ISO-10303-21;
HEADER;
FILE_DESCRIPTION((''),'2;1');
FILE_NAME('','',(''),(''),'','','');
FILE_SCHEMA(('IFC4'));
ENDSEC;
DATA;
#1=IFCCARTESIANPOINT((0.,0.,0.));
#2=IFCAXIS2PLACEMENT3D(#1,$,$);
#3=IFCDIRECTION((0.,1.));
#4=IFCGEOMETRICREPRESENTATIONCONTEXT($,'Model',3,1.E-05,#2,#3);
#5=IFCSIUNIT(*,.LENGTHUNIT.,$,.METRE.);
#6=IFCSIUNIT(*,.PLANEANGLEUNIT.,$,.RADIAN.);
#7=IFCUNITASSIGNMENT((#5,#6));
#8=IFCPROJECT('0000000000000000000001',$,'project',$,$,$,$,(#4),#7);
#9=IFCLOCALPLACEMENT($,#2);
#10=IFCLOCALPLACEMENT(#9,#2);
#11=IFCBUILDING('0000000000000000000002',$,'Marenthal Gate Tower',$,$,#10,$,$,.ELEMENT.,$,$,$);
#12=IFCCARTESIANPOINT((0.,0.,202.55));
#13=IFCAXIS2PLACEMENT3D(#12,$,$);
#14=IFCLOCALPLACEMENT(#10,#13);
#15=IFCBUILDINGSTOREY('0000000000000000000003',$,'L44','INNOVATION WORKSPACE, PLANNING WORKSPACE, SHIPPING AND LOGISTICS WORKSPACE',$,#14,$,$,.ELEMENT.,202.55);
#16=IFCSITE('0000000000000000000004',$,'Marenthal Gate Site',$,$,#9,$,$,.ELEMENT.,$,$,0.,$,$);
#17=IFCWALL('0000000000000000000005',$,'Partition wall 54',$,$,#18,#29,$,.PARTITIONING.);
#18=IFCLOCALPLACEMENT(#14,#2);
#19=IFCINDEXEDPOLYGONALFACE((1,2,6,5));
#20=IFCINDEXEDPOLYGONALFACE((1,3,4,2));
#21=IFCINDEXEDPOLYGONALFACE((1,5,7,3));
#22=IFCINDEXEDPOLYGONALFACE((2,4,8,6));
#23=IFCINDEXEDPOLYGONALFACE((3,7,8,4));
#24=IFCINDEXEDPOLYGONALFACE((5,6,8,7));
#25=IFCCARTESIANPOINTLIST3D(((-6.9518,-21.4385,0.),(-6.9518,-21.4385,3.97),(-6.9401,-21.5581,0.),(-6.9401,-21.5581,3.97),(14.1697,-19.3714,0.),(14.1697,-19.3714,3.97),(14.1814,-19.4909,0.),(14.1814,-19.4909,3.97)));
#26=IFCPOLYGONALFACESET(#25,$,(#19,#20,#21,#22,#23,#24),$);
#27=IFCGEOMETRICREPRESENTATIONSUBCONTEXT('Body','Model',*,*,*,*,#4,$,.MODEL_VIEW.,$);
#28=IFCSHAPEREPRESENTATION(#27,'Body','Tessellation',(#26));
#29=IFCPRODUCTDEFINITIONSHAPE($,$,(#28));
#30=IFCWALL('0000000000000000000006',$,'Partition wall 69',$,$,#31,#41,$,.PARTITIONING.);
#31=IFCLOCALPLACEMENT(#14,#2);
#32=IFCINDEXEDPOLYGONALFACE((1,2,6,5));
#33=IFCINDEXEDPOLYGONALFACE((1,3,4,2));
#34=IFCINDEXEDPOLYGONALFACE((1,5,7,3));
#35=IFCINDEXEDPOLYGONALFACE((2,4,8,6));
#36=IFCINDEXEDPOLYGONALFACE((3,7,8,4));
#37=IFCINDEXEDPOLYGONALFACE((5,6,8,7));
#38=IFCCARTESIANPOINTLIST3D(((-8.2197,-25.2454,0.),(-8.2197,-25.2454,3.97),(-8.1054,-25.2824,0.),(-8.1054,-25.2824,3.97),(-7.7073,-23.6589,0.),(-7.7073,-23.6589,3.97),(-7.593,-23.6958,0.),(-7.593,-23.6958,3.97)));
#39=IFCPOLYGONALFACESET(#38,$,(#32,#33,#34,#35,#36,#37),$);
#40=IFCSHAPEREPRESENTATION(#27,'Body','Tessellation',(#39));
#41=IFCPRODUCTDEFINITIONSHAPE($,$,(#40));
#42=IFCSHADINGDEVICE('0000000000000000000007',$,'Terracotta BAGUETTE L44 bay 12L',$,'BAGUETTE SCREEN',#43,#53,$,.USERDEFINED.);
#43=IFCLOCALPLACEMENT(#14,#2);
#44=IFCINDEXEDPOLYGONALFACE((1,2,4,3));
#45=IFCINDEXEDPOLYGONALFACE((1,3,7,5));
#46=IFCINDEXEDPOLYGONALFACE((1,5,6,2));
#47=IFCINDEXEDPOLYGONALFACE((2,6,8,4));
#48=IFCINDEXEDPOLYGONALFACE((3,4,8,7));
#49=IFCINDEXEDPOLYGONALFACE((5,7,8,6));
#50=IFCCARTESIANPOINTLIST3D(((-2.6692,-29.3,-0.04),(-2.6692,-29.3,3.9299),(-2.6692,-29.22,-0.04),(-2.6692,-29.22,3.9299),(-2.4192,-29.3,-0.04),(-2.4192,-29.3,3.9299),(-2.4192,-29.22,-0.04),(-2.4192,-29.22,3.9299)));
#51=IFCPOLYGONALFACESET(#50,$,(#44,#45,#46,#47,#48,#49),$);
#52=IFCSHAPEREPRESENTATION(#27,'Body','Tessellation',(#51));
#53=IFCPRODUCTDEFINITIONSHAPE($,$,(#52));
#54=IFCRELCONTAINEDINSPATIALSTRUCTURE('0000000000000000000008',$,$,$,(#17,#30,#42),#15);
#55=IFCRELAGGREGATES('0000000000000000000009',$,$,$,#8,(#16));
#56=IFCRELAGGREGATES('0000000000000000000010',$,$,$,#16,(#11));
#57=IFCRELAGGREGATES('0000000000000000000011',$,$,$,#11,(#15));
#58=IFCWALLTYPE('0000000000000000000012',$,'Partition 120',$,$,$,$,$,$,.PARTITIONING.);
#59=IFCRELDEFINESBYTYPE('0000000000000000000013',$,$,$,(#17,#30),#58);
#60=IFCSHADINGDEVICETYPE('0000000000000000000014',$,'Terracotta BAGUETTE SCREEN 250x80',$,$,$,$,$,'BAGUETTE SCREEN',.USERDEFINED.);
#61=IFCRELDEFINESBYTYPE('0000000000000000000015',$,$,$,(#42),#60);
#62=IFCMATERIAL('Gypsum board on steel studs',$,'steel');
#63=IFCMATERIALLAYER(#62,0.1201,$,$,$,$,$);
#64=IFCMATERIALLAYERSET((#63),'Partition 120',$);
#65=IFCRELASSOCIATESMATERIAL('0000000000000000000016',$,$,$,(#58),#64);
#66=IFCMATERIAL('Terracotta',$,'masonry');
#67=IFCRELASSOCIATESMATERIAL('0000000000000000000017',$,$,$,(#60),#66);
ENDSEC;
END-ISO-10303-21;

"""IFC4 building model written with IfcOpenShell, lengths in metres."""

from ifc_helpers import new_model, si_unit, direction, frame, frame_2d, origin, origin_2d, place, context, subcontext, project, spatial, rectangle, extrude, material, layer, layer_set, material_profile, profile_set, type_object, element, save


model = new_model("IFC4")

# Units and contexts
model_context = context("Model", 3, precision=1e-05, world=origin(), true_north=direction((0.0, 1.0)))
body_context = subcontext(model_context, "Body", "Model", "MODEL_VIEW")
ifc_project = project(units=[si_unit("LENGTHUNIT", "METRE"), si_unit("PLANEANGLEUNIT", "RADIAN")], contexts=[model_context])

# Site, building, storey
site_placement = place(None, origin())
site = spatial("IfcSite", under=ifc_project, at=site_placement, Name="Marenthal Gate Site", CompositionType="ELEMENT", RefElevation=0.0)
building_placement = place(site_placement, origin())
building = spatial("IfcBuilding", under=site, at=building_placement, Name="Marenthal Gate Tower", CompositionType="ELEMENT")
storey_placement = place(building_placement, frame((0.0, 0.0, 202.55)))
storey = spatial("IfcBuildingStorey", under=building, at=storey_placement, Name="L44", Description="INNOVATION WORKSPACE, PLANNING WORKSPACE, SHIPPING AND LOGISTICS WORKSPACE", CompositionType="ELEMENT", Elevation=202.55)

# Walls
ifc_material_1 = material(Name="Gypsum board on steel studs", Category="steel")
ifc_layer_1 = layer(ifc_material_1, 0.1201)
ifc_layer_set_1 = layer_set([ifc_layer_1], Name="Partition 120")
wall_type_1 = type_object("IfcWallType", Name="Partition 120", PredefinedType="PARTITIONING", material=ifc_layer_set_1)
wall_1_placement = place(storey_placement, frame((-6.946, -21.4983, 0.0), z_axis=(0.0, 0.0, 1.0), x_axis=(0.995245, 0.097403, 0.0)))
element("IfcWall", 1, at=wall_1_placement, inside=storey, type_object=wall_type_1, Name="Partition wall 54", PredefinedType="PARTITIONING", context=body_context, shape_type="SweptSolid", body=[
    extrude(rectangle(XDim=21.2224, YDim=0.1201, at=frame_2d((10.6113, 0.0))), origin(), (0.0, 0.0, 1.0), 3.97),
])
wall_2_placement = place(storey_placement, frame((-7.6501, -23.6775, 0.0), z_axis=(0.0, 0.0, 1.0), x_axis=(-0.307384, -0.951586, 0.0)))
element("IfcWall", 2, at=wall_2_placement, inside=storey, type_object=wall_type_1, Name="Partition wall 69", PredefinedType="PARTITIONING", context=body_context, shape_type="SweptSolid", body=[
    extrude(rectangle(XDim=1.6672, YDim=0.1201, at=frame_2d((0.8335, 0.0))), origin(), (0.0, 0.0, 1.0), 3.97),
])

# Shading device
ifc_material_2 = material(Name="Terracotta", Category="masonry")
ifc_material_profile_1 = material_profile(ifc_material_2, rectangle(XDim=0.25, YDim=0.0801, at=origin_2d()), Name="Terracotta baguette 250x80")
ifc_profile_set_1 = profile_set([ifc_material_profile_1], Name="Terracotta")
shading_device_type = type_object("IfcShadingDeviceType", Name="Terracotta BAGUETTE SCREEN 250x80", ElementType="BAGUETTE SCREEN", PredefinedType="USERDEFINED", material=ifc_profile_set_1)
shading_device_placement = place(storey_placement, frame((-2.5442, -29.26, -0.04), z_axis=(0.0, 0.0, 1.0), x_axis=(1.0, 0.0, 0.0)))
element("IfcShadingDevice", 3, at=shading_device_placement, inside=storey, type_object=shading_device_type, Name="Terracotta BAGUETTE L44 bay 12L", ObjectType="BAGUETTE SCREEN", PredefinedType="USERDEFINED", context=body_context, shape_type="SweptSolid", body=[
    extrude(rectangle(XDim=0.25, YDim=0.0801, at=origin_2d()), origin(), (0.0, 0.0, 1.0), 3.97),
])

save(model, "model.ifc")
